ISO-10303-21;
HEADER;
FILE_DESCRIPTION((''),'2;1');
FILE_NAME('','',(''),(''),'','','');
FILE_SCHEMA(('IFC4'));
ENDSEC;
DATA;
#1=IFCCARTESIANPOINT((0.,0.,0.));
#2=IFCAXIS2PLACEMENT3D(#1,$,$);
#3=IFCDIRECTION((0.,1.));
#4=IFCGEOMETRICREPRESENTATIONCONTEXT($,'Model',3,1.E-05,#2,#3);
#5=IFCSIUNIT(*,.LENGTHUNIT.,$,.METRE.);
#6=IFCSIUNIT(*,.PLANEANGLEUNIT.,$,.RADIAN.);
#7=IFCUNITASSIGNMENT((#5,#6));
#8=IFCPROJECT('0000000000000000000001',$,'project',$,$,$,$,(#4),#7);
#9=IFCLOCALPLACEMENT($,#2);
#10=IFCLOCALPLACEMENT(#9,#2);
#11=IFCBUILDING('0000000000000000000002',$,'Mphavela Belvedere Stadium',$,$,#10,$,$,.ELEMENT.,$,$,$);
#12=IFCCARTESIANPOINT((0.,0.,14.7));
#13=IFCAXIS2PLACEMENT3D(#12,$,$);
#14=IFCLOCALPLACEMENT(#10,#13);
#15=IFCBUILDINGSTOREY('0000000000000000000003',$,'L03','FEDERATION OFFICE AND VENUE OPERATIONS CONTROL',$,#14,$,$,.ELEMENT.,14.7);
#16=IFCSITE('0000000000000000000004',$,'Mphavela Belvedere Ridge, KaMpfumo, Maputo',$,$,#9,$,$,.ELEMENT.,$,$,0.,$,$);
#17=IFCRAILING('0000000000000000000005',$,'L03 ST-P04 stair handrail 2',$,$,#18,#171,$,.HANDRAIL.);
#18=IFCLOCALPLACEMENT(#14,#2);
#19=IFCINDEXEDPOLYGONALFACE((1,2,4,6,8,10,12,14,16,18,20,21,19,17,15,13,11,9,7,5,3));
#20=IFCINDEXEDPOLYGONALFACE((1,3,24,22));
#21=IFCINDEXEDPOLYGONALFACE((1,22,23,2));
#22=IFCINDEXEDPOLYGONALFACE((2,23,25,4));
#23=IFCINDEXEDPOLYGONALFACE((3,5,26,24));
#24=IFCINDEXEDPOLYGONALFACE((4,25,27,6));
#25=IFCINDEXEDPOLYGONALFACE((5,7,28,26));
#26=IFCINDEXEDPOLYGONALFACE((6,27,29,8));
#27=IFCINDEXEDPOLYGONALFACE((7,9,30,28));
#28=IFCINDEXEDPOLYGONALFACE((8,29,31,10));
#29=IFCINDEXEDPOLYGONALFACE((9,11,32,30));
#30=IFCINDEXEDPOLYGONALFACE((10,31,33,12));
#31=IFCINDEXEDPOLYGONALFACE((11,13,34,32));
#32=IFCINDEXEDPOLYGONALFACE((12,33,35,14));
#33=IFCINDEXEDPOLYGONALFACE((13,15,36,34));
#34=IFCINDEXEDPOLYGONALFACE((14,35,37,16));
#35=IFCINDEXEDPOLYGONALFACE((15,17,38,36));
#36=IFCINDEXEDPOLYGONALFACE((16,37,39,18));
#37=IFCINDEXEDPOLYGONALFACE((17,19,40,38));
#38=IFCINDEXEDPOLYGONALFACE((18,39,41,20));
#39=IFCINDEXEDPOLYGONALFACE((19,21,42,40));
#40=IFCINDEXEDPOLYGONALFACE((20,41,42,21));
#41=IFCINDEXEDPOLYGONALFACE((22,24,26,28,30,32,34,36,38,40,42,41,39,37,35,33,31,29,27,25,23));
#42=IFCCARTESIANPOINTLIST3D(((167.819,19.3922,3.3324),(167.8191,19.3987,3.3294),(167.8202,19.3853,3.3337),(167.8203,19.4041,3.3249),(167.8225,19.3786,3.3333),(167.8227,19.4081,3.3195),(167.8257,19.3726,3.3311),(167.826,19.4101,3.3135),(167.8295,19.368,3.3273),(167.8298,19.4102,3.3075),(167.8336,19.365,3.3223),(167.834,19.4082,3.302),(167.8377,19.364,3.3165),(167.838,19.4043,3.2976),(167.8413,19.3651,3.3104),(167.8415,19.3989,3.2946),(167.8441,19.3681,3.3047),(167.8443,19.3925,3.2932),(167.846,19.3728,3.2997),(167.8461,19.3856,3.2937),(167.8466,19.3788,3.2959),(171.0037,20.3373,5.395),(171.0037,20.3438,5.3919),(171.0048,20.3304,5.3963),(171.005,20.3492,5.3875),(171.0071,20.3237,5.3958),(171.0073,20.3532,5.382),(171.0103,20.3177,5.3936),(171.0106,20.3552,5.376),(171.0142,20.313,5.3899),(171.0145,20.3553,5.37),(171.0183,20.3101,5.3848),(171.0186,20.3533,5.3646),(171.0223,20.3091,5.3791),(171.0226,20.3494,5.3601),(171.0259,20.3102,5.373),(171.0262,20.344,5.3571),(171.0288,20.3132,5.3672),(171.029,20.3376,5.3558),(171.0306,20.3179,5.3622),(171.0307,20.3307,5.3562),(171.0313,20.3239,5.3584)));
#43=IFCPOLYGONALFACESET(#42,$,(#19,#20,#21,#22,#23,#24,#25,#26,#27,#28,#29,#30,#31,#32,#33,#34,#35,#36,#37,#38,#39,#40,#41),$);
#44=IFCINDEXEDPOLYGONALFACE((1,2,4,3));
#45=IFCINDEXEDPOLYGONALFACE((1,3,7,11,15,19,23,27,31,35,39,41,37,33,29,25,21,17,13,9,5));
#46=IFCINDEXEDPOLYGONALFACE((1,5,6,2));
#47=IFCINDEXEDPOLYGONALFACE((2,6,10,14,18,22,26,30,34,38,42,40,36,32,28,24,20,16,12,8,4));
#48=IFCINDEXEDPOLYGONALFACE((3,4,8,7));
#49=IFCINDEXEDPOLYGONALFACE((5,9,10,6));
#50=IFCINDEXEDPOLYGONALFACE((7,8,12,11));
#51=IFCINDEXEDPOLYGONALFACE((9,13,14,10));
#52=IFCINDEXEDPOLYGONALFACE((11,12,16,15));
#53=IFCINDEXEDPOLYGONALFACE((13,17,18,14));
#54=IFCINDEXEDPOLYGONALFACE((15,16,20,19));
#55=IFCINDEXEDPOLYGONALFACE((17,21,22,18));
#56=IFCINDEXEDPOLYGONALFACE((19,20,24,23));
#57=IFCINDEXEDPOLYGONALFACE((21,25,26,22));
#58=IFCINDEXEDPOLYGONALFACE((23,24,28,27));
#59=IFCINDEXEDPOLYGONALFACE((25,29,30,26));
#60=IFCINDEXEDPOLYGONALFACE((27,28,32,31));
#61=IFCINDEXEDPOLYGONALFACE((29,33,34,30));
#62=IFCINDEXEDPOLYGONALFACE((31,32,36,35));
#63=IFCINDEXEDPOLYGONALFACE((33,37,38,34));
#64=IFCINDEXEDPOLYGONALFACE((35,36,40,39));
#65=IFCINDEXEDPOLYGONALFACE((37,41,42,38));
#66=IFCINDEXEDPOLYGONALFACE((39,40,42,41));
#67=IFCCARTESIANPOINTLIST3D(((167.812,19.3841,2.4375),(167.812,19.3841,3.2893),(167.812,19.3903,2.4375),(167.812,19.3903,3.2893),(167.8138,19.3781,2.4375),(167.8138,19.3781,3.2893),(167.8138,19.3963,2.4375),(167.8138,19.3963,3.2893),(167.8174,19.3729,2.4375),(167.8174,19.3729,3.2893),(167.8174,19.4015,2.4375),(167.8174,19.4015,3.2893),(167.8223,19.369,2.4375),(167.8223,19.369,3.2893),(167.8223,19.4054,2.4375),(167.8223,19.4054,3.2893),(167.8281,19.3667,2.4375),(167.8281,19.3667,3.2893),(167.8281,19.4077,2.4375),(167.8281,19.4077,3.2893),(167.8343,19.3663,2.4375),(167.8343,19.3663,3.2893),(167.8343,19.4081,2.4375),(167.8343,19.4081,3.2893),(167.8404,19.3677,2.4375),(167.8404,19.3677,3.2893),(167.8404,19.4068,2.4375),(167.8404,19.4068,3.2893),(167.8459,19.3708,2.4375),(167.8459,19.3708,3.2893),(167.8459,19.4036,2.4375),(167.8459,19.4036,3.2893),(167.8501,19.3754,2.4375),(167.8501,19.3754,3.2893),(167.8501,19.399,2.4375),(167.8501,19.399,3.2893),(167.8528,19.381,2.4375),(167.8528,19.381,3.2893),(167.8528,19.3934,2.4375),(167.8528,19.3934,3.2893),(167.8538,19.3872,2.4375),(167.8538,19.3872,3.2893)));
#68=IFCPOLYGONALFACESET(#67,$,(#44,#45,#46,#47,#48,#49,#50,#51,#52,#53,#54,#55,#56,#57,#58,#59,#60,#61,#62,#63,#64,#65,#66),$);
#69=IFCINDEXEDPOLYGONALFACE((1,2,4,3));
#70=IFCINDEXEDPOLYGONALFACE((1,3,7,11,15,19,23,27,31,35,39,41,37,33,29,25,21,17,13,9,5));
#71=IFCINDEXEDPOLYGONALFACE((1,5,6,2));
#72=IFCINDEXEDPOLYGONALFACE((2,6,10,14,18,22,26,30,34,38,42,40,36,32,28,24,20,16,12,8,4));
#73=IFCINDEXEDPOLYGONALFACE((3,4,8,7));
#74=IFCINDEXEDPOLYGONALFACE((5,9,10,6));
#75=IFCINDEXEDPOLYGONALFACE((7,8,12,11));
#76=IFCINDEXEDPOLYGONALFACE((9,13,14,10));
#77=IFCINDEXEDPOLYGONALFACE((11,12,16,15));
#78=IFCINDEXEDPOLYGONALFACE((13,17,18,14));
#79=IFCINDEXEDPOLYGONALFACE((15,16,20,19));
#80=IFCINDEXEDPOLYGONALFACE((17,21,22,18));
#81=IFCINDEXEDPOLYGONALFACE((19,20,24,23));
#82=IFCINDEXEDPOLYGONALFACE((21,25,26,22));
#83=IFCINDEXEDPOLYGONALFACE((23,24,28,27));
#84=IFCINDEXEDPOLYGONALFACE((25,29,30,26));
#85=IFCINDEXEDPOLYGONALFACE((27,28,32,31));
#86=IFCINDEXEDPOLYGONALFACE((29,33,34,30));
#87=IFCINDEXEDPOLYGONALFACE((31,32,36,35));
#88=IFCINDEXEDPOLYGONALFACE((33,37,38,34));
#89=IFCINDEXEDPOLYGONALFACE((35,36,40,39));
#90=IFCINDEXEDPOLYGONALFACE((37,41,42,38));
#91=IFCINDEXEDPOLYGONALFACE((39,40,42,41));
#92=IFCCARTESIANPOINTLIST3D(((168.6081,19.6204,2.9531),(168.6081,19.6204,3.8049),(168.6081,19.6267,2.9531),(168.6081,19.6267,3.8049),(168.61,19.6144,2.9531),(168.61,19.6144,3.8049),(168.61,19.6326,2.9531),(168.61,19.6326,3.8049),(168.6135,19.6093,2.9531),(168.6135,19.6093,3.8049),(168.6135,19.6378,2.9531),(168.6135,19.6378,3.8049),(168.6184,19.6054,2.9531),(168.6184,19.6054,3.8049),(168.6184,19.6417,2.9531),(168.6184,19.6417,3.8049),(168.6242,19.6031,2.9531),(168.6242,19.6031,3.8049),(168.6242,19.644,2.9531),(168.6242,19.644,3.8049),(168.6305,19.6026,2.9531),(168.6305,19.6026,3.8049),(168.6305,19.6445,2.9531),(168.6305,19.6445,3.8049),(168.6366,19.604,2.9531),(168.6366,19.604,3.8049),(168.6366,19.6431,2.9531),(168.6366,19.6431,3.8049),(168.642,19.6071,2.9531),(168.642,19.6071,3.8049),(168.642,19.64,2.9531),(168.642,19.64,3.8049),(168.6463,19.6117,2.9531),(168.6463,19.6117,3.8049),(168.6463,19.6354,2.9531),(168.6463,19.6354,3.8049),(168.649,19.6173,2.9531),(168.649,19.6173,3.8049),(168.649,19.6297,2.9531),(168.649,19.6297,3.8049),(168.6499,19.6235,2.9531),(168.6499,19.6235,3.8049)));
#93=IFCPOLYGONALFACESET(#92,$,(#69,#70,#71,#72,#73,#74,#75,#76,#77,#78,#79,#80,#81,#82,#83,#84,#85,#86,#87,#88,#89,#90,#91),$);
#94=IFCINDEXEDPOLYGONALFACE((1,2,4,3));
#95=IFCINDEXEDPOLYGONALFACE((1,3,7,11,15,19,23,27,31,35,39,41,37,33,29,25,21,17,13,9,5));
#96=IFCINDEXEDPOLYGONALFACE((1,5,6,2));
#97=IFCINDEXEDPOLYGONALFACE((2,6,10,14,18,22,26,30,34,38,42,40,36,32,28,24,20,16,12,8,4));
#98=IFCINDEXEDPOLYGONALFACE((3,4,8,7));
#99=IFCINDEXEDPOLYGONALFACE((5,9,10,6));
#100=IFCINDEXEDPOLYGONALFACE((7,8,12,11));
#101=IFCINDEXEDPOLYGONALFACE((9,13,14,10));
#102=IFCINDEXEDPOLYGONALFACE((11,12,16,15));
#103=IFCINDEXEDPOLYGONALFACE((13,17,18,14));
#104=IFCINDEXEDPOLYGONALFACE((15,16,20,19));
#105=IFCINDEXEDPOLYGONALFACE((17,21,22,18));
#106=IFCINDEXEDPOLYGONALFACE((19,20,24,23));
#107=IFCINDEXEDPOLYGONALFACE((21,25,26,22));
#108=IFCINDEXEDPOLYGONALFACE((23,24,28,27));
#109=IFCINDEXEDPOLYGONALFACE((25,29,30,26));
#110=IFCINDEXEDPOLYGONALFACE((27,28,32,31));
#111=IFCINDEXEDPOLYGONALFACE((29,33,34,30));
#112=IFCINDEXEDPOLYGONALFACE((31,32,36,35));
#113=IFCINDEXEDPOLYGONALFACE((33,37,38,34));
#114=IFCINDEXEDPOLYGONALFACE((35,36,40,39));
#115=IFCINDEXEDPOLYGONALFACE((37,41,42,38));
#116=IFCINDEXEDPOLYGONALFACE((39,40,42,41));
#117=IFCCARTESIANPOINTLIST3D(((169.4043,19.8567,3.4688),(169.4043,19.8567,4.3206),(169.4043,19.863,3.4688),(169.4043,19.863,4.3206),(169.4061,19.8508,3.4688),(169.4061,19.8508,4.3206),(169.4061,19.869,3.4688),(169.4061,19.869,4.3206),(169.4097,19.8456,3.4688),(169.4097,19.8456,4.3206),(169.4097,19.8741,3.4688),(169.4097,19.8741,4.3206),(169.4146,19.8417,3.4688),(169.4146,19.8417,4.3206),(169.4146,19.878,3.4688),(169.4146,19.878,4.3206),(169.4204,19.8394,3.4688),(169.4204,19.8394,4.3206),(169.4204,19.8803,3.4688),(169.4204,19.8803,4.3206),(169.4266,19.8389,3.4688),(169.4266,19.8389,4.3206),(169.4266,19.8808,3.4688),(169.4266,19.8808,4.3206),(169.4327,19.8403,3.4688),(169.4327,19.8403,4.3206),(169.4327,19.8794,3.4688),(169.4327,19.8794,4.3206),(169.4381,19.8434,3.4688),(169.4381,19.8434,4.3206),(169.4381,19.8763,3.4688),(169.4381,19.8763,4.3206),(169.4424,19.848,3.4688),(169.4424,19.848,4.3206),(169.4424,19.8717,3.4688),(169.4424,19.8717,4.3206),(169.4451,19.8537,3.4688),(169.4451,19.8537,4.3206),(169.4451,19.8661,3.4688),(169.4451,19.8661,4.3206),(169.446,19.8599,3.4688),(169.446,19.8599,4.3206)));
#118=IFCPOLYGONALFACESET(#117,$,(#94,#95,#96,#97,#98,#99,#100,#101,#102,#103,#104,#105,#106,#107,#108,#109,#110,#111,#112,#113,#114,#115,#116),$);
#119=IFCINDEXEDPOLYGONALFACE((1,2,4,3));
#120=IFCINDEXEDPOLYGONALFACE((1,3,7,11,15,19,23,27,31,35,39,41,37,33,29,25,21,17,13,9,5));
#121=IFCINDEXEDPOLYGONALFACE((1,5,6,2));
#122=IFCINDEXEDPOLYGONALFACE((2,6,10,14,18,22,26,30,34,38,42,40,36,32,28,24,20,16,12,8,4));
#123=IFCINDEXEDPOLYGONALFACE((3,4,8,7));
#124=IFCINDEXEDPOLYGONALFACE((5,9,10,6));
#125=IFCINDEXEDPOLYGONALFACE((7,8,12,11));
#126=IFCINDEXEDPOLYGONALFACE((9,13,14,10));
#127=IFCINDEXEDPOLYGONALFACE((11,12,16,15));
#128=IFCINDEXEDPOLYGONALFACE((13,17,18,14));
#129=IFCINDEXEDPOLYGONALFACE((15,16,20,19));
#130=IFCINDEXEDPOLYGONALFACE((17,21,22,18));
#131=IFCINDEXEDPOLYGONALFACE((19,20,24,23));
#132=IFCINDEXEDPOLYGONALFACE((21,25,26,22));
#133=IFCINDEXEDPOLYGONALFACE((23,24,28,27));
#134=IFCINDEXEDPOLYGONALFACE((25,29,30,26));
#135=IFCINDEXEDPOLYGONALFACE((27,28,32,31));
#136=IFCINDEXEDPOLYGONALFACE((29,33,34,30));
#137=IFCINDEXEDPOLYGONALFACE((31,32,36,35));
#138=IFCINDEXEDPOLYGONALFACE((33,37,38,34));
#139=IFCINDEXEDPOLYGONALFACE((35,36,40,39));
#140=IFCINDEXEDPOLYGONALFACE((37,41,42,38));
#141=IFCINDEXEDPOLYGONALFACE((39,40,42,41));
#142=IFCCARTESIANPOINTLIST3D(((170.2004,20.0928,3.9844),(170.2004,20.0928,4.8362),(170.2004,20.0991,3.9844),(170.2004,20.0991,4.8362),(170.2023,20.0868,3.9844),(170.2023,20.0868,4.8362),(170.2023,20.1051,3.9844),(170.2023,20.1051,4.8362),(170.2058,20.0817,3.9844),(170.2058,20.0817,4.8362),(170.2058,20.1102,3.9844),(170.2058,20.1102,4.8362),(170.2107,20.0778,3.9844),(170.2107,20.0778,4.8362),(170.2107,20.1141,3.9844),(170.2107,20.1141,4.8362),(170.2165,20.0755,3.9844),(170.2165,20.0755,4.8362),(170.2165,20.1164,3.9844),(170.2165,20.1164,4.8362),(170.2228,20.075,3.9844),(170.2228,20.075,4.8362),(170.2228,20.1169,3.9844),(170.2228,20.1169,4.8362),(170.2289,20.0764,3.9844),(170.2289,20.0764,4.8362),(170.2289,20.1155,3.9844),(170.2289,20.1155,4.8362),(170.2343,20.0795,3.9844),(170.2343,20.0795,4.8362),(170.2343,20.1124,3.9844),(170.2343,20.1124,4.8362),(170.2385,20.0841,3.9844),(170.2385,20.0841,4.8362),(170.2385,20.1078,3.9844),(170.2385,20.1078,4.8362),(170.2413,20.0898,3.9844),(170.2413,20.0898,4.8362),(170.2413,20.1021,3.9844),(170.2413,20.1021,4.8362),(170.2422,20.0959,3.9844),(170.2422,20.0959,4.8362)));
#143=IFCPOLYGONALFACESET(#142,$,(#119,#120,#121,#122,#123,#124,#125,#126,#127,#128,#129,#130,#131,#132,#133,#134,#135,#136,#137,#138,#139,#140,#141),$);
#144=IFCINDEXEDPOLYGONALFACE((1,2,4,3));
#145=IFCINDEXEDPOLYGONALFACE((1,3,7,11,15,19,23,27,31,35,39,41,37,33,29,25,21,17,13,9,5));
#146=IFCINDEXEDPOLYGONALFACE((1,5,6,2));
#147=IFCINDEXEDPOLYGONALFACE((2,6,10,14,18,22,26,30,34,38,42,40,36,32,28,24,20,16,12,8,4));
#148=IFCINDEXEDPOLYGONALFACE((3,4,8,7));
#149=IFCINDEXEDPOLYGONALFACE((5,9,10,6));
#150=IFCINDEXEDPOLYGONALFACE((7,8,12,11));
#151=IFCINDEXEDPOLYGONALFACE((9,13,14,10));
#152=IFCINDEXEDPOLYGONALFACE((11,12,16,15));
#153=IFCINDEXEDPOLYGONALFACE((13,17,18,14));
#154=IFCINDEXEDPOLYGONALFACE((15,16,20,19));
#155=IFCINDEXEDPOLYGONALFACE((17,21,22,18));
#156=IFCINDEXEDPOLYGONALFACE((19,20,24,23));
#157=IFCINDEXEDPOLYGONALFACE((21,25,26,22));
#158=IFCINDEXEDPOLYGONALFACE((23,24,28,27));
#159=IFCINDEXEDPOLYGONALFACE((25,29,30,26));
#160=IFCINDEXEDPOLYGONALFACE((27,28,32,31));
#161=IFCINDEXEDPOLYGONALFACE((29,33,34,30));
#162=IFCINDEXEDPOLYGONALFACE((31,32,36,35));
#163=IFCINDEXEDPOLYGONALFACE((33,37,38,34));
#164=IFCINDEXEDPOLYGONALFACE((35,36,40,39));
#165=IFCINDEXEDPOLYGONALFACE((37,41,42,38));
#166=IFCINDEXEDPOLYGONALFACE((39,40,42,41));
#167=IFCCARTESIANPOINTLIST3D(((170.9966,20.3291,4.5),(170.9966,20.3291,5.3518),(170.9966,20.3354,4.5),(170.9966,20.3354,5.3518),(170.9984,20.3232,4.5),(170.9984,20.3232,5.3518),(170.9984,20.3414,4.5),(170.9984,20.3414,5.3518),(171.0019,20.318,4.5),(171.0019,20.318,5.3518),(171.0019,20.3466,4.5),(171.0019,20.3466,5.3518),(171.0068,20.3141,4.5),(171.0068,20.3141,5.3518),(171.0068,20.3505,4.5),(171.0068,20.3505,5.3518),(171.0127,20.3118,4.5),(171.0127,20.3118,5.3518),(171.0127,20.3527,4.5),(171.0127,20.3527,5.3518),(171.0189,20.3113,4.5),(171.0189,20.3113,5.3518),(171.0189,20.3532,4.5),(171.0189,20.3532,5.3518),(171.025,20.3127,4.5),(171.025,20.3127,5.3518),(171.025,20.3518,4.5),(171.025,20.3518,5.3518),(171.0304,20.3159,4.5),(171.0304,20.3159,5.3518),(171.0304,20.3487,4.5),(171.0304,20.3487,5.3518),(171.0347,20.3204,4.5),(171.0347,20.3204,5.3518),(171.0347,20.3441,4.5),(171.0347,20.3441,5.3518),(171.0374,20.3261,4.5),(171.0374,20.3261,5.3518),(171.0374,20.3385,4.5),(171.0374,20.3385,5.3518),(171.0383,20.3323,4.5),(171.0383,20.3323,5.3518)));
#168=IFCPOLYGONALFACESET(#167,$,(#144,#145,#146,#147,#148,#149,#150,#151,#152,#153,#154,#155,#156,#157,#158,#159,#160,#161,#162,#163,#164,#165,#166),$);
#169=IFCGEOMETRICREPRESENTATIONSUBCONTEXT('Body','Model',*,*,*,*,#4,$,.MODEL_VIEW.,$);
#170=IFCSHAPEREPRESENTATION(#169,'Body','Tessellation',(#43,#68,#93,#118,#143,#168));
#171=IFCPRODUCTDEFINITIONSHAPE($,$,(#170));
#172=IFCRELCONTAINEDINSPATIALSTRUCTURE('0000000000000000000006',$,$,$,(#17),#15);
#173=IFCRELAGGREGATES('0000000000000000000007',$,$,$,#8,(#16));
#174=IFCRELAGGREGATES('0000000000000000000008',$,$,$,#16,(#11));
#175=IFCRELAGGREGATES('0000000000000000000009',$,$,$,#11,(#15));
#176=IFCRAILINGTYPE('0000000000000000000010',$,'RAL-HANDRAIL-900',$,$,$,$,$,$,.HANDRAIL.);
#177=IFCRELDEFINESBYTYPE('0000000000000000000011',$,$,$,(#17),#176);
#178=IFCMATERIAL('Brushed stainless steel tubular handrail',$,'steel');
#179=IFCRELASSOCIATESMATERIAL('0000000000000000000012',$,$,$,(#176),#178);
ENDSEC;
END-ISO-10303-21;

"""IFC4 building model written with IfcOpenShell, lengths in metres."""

from ifc_helpers import new_model, si_unit, direction, frame, origin, origin_2d, place, context, subcontext, project, spatial, circle, extrude, material, type_object, element, save


model = new_model("IFC4")

# Units and contexts
model_context = context("Model", 3, precision=1e-05, world=origin(), true_north=direction((0.0, 1.0)))
body_context = subcontext(model_context, "Body", "Model", "MODEL_VIEW")
ifc_project = project(units=[si_unit("LENGTHUNIT", "METRE"), si_unit("PLANEANGLEUNIT", "RADIAN")], contexts=[model_context])

# Site, building, storey
site_placement = place(None, origin())
site = spatial("IfcSite", under=ifc_project, at=site_placement, Name="Mphavela Belvedere Ridge, KaMpfumo, Maputo", CompositionType="ELEMENT", RefElevation=0.0)
building_placement = place(site_placement, origin())
building = spatial("IfcBuilding", under=site, at=building_placement, Name="Mphavela Belvedere Stadium", CompositionType="ELEMENT")
storey_placement = place(building_placement, frame((0.0, 0.0, 14.7)))
storey = spatial("IfcBuildingStorey", under=building, at=storey_placement, Name="L03", Description="FEDERATION OFFICE AND VENUE OPERATIONS CONTROL", CompositionType="ELEMENT", Elevation=14.7)

# Railing
ifc_material_1 = material(Name="Brushed stainless steel tubular handrail", Category="steel")
railing_type = type_object("IfcRailingType", Name="RAL-HANDRAIL-900", PredefinedType="HANDRAIL", material=ifc_material_1)
railing_placement = place(storey_placement, frame((167.8328, 19.3872, 2.4375)))
element("IfcRailing", 1, at=railing_placement, inside=storey, type_object=railing_type, Name="L03 ST-P04 stair handrail 2", PredefinedType="HANDRAIL", context=body_context, shape_type="SweptSolid", body=[
    extrude(circle(Radius=0.0239, at=origin_2d()), frame((0.0, 0.0, 0.876), z_axis=(0.814456, 0.241702, 0.527486), x_axis=(-0.284501, 0.958676, 0.0)), (0.0, 0.0, 1.0), 3.9102),
    extrude(circle(Radius=0.021, at=origin_2d()), origin(), (0.0, 0.0, 1.0), 0.8518),
    extrude(circle(Radius=0.021, at=origin_2d()), frame((0.7961, 0.2363, 0.5156)), (0.0, 0.0, 1.0), 0.8518),
    extrude(circle(Radius=0.021, at=origin_2d()), frame((1.5923, 0.4727, 1.0312)), (0.0, 0.0, 1.0), 0.8518),
    extrude(circle(Radius=0.021, at=origin_2d()), frame((2.3884, 0.7087, 1.5469)), (0.0, 0.0, 1.0), 0.8518),
    extrude(circle(Radius=0.021, at=origin_2d()), frame((3.1846, 0.9451, 2.0625)), (0.0, 0.0, 1.0), 0.8518),
])

save(model, "model.ifc")
